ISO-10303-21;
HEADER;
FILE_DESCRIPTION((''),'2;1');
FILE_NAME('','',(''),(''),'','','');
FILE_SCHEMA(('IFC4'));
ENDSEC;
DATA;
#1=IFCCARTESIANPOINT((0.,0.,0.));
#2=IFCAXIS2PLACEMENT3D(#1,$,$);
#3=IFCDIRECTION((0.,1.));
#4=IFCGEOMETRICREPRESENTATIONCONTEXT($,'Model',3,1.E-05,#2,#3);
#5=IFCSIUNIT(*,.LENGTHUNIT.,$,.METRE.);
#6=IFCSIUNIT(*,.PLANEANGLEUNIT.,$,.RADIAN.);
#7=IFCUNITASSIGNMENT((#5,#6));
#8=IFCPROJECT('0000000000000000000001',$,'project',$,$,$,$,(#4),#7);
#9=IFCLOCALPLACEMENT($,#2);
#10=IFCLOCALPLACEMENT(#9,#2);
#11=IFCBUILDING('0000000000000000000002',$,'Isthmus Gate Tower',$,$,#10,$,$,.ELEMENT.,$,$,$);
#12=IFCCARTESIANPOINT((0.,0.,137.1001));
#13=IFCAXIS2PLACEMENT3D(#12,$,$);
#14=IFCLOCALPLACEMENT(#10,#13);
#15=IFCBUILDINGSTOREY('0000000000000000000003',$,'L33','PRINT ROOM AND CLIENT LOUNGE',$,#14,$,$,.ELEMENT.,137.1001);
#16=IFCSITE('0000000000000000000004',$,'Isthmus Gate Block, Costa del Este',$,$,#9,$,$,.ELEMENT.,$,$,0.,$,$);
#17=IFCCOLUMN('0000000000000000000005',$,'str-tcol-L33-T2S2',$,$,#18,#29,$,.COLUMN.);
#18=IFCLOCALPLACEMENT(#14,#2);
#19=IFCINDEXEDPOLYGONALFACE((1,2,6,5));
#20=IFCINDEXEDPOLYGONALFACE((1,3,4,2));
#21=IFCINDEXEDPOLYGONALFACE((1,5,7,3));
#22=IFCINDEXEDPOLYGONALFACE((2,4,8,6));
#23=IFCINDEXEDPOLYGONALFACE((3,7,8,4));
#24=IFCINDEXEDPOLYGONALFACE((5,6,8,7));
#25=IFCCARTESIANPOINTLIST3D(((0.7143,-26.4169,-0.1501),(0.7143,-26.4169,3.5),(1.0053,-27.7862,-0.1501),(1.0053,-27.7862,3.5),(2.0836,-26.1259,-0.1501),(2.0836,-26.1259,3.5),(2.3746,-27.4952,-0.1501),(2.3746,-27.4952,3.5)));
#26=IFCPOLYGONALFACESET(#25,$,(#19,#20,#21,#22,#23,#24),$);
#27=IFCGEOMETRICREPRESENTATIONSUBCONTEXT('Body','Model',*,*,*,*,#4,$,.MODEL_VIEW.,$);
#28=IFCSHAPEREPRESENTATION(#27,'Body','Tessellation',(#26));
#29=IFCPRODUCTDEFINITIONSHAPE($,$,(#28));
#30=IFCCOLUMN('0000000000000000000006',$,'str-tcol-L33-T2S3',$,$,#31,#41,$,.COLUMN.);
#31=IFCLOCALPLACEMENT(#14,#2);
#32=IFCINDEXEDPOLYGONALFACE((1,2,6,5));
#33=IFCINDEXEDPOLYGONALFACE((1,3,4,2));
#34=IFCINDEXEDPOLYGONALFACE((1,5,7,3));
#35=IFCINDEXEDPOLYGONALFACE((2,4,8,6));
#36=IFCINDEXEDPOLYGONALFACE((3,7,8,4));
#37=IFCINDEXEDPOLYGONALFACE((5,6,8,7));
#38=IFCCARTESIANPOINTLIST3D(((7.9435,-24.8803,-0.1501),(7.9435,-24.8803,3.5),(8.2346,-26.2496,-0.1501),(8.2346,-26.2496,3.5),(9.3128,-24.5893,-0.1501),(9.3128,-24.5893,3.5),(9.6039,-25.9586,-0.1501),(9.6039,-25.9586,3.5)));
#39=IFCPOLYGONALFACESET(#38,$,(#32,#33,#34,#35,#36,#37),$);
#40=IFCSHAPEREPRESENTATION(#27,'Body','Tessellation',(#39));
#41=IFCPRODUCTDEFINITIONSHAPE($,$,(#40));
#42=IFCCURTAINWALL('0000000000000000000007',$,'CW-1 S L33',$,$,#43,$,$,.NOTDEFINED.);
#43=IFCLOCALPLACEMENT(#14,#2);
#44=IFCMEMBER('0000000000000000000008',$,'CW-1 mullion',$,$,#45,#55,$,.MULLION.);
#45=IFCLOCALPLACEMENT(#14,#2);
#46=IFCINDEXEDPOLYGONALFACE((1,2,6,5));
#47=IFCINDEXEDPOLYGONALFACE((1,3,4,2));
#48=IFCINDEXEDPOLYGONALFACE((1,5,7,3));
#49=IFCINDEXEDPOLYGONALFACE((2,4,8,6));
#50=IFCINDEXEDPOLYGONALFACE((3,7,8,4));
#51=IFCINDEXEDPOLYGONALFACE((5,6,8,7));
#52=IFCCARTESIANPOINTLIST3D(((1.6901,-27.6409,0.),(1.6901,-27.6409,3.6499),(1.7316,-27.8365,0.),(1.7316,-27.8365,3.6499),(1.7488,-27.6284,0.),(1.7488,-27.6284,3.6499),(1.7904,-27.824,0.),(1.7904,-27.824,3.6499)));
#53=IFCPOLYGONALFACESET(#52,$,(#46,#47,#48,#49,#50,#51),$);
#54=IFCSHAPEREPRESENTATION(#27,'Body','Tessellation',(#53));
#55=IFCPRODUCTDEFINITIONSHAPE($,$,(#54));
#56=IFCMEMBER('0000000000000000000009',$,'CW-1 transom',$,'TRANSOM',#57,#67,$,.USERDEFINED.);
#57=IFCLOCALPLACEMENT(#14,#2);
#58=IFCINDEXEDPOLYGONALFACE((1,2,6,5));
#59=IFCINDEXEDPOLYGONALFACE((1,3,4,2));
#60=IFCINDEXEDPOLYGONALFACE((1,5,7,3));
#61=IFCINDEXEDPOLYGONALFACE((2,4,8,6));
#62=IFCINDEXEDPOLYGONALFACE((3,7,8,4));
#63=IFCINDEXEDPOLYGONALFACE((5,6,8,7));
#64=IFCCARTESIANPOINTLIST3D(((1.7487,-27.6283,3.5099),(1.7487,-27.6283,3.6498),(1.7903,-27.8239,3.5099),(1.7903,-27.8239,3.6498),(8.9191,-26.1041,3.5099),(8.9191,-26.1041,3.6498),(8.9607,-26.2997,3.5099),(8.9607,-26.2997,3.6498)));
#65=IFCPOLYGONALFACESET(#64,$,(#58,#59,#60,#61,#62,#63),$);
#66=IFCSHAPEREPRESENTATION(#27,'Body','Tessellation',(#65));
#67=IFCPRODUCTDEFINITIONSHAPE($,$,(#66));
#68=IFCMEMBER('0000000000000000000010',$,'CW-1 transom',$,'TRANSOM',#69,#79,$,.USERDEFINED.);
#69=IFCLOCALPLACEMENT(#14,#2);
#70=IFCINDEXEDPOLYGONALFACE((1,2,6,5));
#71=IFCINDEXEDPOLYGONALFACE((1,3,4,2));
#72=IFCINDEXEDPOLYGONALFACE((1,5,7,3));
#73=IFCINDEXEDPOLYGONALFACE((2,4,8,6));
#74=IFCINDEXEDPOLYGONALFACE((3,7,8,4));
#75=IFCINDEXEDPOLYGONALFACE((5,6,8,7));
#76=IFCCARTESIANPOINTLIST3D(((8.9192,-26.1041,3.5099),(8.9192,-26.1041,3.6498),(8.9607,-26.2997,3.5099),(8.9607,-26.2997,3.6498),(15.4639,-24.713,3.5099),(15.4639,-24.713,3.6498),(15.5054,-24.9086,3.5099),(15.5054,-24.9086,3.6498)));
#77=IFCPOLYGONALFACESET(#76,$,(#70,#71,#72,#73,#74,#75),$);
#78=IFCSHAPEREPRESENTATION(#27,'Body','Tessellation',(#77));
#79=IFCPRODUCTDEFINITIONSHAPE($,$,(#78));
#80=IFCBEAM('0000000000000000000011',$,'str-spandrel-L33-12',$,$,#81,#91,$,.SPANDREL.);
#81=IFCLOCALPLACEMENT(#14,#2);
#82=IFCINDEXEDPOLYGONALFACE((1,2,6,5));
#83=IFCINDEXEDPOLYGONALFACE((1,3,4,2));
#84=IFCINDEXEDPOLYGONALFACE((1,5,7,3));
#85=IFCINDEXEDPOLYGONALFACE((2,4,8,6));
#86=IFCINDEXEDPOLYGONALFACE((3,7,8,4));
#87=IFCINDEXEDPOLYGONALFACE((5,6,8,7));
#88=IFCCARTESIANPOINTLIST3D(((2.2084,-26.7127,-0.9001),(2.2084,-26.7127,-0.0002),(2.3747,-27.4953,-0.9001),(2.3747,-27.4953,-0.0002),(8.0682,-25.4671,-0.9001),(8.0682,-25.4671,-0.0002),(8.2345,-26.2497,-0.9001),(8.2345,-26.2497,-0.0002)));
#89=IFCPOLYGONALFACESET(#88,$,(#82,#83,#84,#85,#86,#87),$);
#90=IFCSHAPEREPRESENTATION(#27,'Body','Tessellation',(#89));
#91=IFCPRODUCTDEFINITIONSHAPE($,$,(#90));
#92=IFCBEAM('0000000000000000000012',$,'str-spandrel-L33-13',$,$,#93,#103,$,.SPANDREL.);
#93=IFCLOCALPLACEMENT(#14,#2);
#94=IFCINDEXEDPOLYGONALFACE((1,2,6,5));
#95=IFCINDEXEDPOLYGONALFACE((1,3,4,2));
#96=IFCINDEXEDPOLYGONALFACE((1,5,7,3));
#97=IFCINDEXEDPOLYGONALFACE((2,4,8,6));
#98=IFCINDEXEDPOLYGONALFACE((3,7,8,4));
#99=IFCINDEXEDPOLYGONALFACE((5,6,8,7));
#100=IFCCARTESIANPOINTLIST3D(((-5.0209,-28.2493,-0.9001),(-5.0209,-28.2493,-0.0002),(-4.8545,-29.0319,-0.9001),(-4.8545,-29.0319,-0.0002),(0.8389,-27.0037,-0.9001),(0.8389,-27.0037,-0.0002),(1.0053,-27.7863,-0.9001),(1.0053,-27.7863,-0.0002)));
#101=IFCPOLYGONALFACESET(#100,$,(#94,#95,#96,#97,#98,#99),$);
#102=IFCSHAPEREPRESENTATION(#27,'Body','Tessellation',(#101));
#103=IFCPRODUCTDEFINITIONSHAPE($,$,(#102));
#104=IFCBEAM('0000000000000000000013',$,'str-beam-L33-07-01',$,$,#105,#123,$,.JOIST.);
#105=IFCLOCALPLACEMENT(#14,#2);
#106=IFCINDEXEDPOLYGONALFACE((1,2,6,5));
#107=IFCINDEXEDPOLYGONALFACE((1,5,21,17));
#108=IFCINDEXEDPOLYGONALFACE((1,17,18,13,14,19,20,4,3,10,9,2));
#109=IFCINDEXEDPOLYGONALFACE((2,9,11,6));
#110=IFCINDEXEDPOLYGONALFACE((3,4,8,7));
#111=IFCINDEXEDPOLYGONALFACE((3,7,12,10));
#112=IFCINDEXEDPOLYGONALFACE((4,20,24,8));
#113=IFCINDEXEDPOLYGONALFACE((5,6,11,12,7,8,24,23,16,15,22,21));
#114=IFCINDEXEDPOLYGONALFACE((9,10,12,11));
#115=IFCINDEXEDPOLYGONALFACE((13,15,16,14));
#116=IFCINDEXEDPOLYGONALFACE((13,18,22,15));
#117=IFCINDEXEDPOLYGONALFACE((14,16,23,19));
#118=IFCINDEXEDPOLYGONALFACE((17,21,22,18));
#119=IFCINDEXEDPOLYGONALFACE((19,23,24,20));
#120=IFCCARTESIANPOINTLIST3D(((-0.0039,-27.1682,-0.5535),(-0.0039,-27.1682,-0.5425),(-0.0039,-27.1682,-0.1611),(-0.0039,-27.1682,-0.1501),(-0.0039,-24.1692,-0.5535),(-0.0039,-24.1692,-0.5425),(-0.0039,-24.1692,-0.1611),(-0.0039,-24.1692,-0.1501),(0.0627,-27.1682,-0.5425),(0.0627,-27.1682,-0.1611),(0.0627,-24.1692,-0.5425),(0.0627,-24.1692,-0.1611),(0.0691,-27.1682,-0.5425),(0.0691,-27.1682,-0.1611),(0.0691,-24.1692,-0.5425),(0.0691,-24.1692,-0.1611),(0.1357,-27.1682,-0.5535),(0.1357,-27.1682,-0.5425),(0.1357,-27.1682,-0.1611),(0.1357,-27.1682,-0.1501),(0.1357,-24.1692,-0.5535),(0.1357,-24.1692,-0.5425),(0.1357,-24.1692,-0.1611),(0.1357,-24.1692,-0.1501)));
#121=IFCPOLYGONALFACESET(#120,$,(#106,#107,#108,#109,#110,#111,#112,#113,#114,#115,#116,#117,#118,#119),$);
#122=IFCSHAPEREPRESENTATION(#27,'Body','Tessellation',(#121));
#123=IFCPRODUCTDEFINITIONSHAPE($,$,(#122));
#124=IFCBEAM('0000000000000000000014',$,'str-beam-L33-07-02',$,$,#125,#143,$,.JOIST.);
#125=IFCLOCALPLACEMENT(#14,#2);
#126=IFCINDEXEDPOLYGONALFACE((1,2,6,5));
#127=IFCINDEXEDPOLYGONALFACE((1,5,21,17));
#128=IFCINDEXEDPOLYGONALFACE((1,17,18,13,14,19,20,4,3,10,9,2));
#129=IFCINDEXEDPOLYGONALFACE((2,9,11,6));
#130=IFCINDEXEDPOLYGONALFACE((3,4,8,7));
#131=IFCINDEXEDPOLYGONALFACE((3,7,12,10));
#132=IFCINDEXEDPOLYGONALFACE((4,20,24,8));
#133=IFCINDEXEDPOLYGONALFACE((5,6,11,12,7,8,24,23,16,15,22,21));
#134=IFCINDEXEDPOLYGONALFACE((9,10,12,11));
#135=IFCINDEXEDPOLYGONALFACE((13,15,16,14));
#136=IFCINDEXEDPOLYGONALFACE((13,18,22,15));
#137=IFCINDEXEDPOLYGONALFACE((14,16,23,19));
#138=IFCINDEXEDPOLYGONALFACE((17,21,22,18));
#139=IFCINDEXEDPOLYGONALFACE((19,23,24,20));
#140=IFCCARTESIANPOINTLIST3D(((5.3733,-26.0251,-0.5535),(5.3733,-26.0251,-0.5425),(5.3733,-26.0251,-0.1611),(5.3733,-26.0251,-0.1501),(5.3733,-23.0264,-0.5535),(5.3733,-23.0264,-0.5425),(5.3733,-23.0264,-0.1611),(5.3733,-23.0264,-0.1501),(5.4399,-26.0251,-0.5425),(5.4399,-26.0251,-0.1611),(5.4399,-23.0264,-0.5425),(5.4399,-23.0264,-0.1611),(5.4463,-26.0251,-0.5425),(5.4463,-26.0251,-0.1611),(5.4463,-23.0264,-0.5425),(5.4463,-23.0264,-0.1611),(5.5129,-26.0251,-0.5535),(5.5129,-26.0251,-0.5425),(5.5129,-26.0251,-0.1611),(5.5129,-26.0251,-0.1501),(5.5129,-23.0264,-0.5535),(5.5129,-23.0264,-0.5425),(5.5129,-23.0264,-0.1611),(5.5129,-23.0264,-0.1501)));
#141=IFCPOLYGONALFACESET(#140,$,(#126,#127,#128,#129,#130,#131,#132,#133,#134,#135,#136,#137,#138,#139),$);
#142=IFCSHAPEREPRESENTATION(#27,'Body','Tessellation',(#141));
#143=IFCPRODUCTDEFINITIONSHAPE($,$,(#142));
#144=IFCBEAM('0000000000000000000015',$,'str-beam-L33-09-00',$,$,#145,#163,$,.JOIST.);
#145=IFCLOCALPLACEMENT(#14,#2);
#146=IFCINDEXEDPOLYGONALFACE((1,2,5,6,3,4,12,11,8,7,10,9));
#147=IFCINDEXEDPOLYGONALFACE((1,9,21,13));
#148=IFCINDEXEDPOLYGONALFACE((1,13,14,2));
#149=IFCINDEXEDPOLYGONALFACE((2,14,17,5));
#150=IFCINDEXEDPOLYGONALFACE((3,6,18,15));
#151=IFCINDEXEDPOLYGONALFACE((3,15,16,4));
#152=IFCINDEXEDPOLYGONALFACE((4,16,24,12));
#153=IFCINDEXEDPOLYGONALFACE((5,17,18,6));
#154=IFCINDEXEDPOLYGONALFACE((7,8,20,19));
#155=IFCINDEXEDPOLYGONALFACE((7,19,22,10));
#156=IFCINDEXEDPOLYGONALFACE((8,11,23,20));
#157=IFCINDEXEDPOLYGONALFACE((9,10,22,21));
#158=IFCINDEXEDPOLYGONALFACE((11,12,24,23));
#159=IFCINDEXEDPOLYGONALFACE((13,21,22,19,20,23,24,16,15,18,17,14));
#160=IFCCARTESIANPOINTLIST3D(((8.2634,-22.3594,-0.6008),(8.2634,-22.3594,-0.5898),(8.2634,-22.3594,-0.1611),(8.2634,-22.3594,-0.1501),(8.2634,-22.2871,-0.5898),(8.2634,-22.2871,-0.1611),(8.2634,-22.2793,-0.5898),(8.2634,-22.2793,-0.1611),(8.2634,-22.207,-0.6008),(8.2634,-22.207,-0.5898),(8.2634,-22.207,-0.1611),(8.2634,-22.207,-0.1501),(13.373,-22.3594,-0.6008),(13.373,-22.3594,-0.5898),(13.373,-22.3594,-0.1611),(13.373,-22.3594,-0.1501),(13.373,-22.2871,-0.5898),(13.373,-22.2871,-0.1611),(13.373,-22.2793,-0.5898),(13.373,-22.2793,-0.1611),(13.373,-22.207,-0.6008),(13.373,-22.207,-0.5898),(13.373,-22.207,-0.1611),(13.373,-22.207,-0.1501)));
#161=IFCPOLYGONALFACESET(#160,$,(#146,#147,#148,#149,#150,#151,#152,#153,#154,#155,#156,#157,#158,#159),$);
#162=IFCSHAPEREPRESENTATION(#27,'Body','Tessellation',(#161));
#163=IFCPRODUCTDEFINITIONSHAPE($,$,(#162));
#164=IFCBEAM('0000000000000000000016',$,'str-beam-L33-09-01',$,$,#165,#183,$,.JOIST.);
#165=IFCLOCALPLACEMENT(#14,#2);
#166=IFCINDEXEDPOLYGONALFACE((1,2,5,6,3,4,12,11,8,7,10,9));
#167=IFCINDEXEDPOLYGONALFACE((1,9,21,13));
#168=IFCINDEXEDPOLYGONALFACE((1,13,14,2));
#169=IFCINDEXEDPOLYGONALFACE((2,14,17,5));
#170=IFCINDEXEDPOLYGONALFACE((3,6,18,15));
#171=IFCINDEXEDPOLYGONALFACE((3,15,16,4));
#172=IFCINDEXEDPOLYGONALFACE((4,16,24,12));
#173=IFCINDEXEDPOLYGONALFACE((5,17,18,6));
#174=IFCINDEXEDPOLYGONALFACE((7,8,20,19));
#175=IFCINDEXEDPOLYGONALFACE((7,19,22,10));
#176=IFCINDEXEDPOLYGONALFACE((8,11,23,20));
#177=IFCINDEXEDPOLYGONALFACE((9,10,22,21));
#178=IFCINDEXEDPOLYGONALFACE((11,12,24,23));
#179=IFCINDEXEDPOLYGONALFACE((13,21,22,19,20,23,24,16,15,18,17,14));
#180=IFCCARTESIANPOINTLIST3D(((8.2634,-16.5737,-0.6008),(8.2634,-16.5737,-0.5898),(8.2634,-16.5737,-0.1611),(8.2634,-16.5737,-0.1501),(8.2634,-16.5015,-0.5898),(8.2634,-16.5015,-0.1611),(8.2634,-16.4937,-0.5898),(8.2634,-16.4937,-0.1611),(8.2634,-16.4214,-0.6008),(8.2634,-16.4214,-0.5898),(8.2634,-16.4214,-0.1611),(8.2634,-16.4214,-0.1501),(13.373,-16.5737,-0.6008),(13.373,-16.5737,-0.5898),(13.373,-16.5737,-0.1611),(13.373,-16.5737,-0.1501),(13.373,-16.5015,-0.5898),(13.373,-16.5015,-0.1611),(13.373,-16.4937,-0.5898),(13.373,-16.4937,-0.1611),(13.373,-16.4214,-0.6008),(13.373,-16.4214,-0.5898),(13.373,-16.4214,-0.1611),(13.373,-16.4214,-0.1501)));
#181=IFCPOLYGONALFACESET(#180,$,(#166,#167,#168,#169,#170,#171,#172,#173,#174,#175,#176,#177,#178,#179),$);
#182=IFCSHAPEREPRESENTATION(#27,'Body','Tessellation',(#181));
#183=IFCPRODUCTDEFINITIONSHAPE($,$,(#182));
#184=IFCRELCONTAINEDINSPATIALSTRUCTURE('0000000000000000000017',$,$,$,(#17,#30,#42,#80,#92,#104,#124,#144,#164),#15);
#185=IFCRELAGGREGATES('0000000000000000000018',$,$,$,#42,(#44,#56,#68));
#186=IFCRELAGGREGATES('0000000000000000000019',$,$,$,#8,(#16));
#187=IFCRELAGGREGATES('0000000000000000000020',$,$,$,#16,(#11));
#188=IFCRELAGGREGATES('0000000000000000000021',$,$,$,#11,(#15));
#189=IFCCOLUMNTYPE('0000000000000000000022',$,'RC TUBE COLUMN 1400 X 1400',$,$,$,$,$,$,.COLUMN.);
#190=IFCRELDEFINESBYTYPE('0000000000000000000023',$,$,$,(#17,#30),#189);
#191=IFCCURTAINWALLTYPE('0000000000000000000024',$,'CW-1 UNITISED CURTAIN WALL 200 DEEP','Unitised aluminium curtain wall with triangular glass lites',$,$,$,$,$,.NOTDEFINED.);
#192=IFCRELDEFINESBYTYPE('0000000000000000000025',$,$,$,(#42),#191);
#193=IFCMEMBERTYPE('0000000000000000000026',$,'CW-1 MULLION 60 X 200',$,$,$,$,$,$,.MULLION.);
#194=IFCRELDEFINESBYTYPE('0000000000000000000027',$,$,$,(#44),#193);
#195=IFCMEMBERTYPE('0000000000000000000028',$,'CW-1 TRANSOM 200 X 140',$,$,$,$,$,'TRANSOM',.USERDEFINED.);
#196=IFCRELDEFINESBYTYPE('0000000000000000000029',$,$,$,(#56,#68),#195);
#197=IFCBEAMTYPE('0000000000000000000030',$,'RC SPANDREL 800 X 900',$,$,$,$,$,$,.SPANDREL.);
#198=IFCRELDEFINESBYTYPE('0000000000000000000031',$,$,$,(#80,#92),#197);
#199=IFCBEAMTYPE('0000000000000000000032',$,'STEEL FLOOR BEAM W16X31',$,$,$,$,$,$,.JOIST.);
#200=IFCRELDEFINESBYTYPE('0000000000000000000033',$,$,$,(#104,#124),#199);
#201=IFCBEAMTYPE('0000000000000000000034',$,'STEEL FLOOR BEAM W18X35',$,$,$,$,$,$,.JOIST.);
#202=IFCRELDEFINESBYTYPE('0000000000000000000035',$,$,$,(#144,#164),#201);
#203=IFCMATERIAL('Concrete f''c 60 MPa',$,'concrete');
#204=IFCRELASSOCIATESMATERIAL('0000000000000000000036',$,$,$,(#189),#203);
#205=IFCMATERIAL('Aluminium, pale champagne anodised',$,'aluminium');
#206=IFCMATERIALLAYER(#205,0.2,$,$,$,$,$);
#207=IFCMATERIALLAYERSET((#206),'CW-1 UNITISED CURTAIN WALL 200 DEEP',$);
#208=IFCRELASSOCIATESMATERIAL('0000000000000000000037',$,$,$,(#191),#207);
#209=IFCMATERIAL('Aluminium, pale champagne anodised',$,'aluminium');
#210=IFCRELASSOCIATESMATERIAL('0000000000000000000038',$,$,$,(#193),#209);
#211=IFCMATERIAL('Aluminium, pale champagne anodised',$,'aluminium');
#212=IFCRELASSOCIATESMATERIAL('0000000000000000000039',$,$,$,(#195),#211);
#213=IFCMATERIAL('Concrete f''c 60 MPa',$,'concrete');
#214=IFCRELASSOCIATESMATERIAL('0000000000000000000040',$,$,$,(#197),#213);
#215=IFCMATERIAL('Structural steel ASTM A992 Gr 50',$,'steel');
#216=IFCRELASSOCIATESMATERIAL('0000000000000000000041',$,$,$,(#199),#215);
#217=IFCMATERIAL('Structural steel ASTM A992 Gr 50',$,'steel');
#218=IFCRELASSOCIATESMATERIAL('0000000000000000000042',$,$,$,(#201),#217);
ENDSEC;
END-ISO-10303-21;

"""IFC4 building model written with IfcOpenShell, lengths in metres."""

from ifc_helpers import new_model, si_unit, direction, frame, origin, origin_2d, place, context, subcontext, project, spatial, rectangle, i_section, extrude, material, layer, layer_set, material_profile, profile_set, type_object, element, aggregate, save


model = new_model("IFC4")

# Units and contexts
model_context = context("Model", 3, precision=1e-05, world=origin(), true_north=direction((0.0, 1.0)))
body_context = subcontext(model_context, "Body", "Model", "MODEL_VIEW")
ifc_project = project(units=[si_unit("LENGTHUNIT", "METRE"), si_unit("PLANEANGLEUNIT", "RADIAN")], contexts=[model_context])

# Site, building, storey
site_placement = place(None, origin())
site = spatial("IfcSite", under=ifc_project, at=site_placement, Name="Isthmus Gate Block, Costa del Este", CompositionType="ELEMENT", RefElevation=0.0)
building_placement = place(site_placement, origin())
building = spatial("IfcBuilding", under=site, at=building_placement, Name="Isthmus Gate Tower", CompositionType="ELEMENT")
storey_placement = place(building_placement, frame((0.0, 0.0, 137.1001)))
storey = spatial("IfcBuildingStorey", under=building, at=storey_placement, Name="L33", Description="PRINT ROOM AND CLIENT LOUNGE", CompositionType="ELEMENT", Elevation=137.1001)

# Columns
ifc_material_1 = material(Name="Concrete f'c 60 MPa", Category="concrete")
ifc_material_profile_1 = material_profile(ifc_material_1, rectangle(XDim=1.3999, YDim=1.3999, at=origin_2d()), Name="RC 1400X1400")
ifc_profile_set_1 = profile_set([ifc_material_profile_1], Name="Concrete f'c 60 MPa")
column_type = type_object("IfcColumnType", Name="RC TUBE COLUMN 1400 X 1400", PredefinedType="COLUMN", material=ifc_profile_set_1)
for number, where, z_axis, x_axis, name in (
    (1, (1.5444, -26.9561, -0.1501), (0.0, 0.0, 1.0), (0.978148, 0.207912, 0.0), "str-tcol-L33-T2S2"),
    (2, (8.7737, -25.4194, -0.1501), (0.0, 0.0, 1.0), (0.978148, 0.207912, 0.0), "str-tcol-L33-T2S3"),
):
    element("IfcColumn", number, at=place(storey_placement, frame(where, z_axis=z_axis, x_axis=x_axis)), inside=storey, type_object=column_type, Name=name, PredefinedType="COLUMN", context=body_context, shape_type="SweptSolid", body=[
        extrude(rectangle(XDim=1.3999, YDim=1.3999, at=origin_2d()), origin(), (0.0, 0.0, 1.0), 3.6501),
    ])

# Curtain wall, members
ifc_material_2 = material(Name="Aluminium, pale champagne anodised", Category="aluminium")
ifc_layer_1 = layer(ifc_material_2, 0.2)
ifc_layer_set_1 = layer_set([ifc_layer_1], Name="CW-1 UNITISED CURTAIN WALL 200 DEEP")
curtain_wall_type = type_object("IfcCurtainWallType", Name="CW-1 UNITISED CURTAIN WALL 200 DEEP", Description="Unitised aluminium curtain wall with triangular glass lites", PredefinedType="NOTDEFINED", material=ifc_layer_set_1)
curtain_wall_placement = place(storey_placement, origin())
curtain_wall = element("IfcCurtainWall", 3, at=curtain_wall_placement, inside=storey, type_object=curtain_wall_type, Name="CW-1 S L33", PredefinedType="NOTDEFINED")
ifc_material_3 = material(Name="Aluminium, pale champagne anodised", Category="aluminium")
ifc_material_profile_2 = material_profile(ifc_material_3, rectangle(XDim=0.0601, YDim=0.2, at=origin_2d()), Name="60x200")
ifc_profile_set_2 = profile_set([ifc_material_profile_2], Name="Aluminium, pale champagne anodised")
member_type_1 = type_object("IfcMemberType", Name="CW-1 MULLION 60 X 200", PredefinedType="MULLION", material=ifc_profile_set_2)
member_1_placement = place(storey_placement, frame((1.7402, -27.7324, 0.0), z_axis=(0.0, 0.0, 1.0), x_axis=(0.978148, 0.207912, 0.0)))
member_1 = element("IfcMember", 4, at=member_1_placement, type_object=member_type_1, Name="CW-1 mullion", PredefinedType="MULLION", context=body_context, shape_type="SweptSolid", body=[
    extrude(rectangle(XDim=0.0601, YDim=0.2, at=origin_2d()), origin(), (0.0, 0.0, 1.0), 3.6499),
])
ifc_material_4 = material(Name="Aluminium, pale champagne anodised", Category="aluminium")
ifc_material_profile_3 = material_profile(ifc_material_4, rectangle(XDim=0.2, YDim=0.1399, at=origin_2d()), Name="200x140")
ifc_profile_set_3 = profile_set([ifc_material_profile_3], Name="Aluminium, pale champagne anodised")
member_type_2 = type_object("IfcMemberType", Name="CW-1 TRANSOM 200 X 140", ElementType="TRANSOM", PredefinedType="USERDEFINED", material=ifc_profile_set_3)
member_2_placement = place(storey_placement, frame((1.7695, -27.7261, 3.5798), z_axis=(0.978146, 0.207919, 0.0), x_axis=(-0.207919, 0.978146, 0.0)))
member_2 = element("IfcMember", 5, at=member_2_placement, type_object=member_type_2, Name="CW-1 transom", ObjectType="TRANSOM", PredefinedType="USERDEFINED", context=body_context, shape_type="SweptSolid", body=[
    extrude(rectangle(XDim=0.2, YDim=0.1399, at=origin_2d()), origin(), (0.0, 0.0, 1.0), 7.3306),
])
member_3_placement = place(storey_placement, frame((8.9399, -26.2019, 3.5798), z_axis=(0.978148, 0.207912, 0.0), x_axis=(-0.207912, 0.978148, 0.0)))
member_3 = element("IfcMember", 6, at=member_3_placement, type_object=member_type_2, Name="CW-1 transom", ObjectType="TRANSOM", PredefinedType="USERDEFINED", context=body_context, shape_type="SweptSolid", body=[
    extrude(rectangle(XDim=0.2, YDim=0.1399, at=origin_2d()), origin(), (0.0, 0.0, 1.0), 6.6909),
])

# Beams
ifc_material_5 = material(Name="Concrete f'c 60 MPa", Category="concrete")
ifc_material_profile_4 = material_profile(ifc_material_5, rectangle(XDim=0.8, YDim=0.8999, at=origin_2d()), Name="RC 800X900")
ifc_profile_set_4 = profile_set([ifc_material_profile_4], Name="Concrete f'c 60 MPa")
beam_type_1 = type_object("IfcBeamType", Name="RC SPANDREL 800 X 900", PredefinedType="SPANDREL", material=ifc_profile_set_4)
for number, where, z_axis, x_axis, name in (
    (7, (8.1514, -25.8584, -0.4502), (-0.978146, -0.20792, 0.0), (0.20792, -0.978146, 0.0), "str-spandrel-L33-12"),
    (8, (0.9221, -27.395, -0.4502), (-0.978146, -0.20792, 0.0), (0.20792, -0.978146, 0.0), "str-spandrel-L33-13"),
):
    element("IfcBeam", number, at=place(storey_placement, frame(where, z_axis=z_axis, x_axis=x_axis)), inside=storey, type_object=beam_type_1, Name=name, PredefinedType="SPANDREL", context=body_context, shape_type="SweptSolid", body=[
        extrude(rectangle(XDim=0.8, YDim=0.8999, at=origin_2d()), origin(), (0.0, 0.0, 1.0), 5.9907),
    ])
ifc_material_6 = material(Name="Structural steel ASTM A992 Gr 50", Category="steel")
ifc_material_profile_5 = material_profile(ifc_material_6, i_section(OverallWidth=0.1396, OverallDepth=0.4033, WebThickness=0.0063, FlangeThickness=0.011, at=origin_2d()), Name="W16X31")
ifc_profile_set_5 = profile_set([ifc_material_profile_5], Name="Structural steel ASTM A992 Gr 50")
beam_type_2 = type_object("IfcBeamType", Name="STEEL FLOOR BEAM W16X31", PredefinedType="JOIST", material=ifc_profile_set_5)
beam_1_placement = place(storey_placement, frame((0.0659, -27.1682, -0.3518), z_axis=(0.0, 1.0, 0.0), x_axis=(-1.0, 0.0, 0.0)))
element("IfcBeam", 9, at=beam_1_placement, inside=storey, type_object=beam_type_2, Name="str-beam-L33-07-01", PredefinedType="JOIST", context=body_context, shape_type="SweptSolid", body=[
    extrude(i_section(OverallWidth=0.1396, OverallDepth=0.4033, WebThickness=0.0063, FlangeThickness=0.011, at=origin_2d()), origin(), (0.0, 0.0, 1.0), 2.999),
])
beam_2_placement = place(storey_placement, frame((5.4431, -26.0251, -0.3518), z_axis=(0.0, 1.0, 0.0), x_axis=(-1.0, 0.0, 0.0)))
element("IfcBeam", 10, at=beam_2_placement, inside=storey, type_object=beam_type_2, Name="str-beam-L33-07-02", PredefinedType="JOIST", context=body_context, shape_type="SweptSolid", body=[
    extrude(i_section(OverallWidth=0.1396, OverallDepth=0.4033, WebThickness=0.0063, FlangeThickness=0.011, at=origin_2d()), origin(), (0.0, 0.0, 1.0), 2.9988),
])
ifc_material_7 = material(Name="Structural steel ASTM A992 Gr 50", Category="steel")
ifc_material_profile_6 = material_profile(ifc_material_7, i_section(OverallWidth=0.1523, OverallDepth=0.4507, WebThickness=0.0078, FlangeThickness=0.011, at=origin_2d()), Name="W18X35")
ifc_profile_set_6 = profile_set([ifc_material_profile_6], Name="Structural steel ASTM A992 Gr 50")
beam_type_3 = type_object("IfcBeamType", Name="STEEL FLOOR BEAM W18X35", PredefinedType="JOIST", material=ifc_profile_set_6)
for number, where, z_axis, x_axis, name in (
    (11, (8.2634, -22.2832, -0.3755), (1.0, 0.0, 0.0), (0.0, 1.0, 0.0), "str-beam-L33-09-00"),
    (12, (8.2634, -16.4976, -0.3755), (1.0, 0.0, 0.0), (0.0, 1.0, 0.0), "str-beam-L33-09-01"),
):
    element("IfcBeam", number, at=place(storey_placement, frame(where, z_axis=z_axis, x_axis=x_axis)), inside=storey, type_object=beam_type_3, Name=name, PredefinedType="JOIST", context=body_context, shape_type="SweptSolid", body=[
        extrude(i_section(OverallWidth=0.1523, OverallDepth=0.4507, WebThickness=0.0078, FlangeThickness=0.011, at=origin_2d()), origin(), (0.0, 0.0, 1.0), 5.1096),
    ])

aggregate(curtain_wall, [member_1, member_2, member_3])

save(model, "model.ifc")
